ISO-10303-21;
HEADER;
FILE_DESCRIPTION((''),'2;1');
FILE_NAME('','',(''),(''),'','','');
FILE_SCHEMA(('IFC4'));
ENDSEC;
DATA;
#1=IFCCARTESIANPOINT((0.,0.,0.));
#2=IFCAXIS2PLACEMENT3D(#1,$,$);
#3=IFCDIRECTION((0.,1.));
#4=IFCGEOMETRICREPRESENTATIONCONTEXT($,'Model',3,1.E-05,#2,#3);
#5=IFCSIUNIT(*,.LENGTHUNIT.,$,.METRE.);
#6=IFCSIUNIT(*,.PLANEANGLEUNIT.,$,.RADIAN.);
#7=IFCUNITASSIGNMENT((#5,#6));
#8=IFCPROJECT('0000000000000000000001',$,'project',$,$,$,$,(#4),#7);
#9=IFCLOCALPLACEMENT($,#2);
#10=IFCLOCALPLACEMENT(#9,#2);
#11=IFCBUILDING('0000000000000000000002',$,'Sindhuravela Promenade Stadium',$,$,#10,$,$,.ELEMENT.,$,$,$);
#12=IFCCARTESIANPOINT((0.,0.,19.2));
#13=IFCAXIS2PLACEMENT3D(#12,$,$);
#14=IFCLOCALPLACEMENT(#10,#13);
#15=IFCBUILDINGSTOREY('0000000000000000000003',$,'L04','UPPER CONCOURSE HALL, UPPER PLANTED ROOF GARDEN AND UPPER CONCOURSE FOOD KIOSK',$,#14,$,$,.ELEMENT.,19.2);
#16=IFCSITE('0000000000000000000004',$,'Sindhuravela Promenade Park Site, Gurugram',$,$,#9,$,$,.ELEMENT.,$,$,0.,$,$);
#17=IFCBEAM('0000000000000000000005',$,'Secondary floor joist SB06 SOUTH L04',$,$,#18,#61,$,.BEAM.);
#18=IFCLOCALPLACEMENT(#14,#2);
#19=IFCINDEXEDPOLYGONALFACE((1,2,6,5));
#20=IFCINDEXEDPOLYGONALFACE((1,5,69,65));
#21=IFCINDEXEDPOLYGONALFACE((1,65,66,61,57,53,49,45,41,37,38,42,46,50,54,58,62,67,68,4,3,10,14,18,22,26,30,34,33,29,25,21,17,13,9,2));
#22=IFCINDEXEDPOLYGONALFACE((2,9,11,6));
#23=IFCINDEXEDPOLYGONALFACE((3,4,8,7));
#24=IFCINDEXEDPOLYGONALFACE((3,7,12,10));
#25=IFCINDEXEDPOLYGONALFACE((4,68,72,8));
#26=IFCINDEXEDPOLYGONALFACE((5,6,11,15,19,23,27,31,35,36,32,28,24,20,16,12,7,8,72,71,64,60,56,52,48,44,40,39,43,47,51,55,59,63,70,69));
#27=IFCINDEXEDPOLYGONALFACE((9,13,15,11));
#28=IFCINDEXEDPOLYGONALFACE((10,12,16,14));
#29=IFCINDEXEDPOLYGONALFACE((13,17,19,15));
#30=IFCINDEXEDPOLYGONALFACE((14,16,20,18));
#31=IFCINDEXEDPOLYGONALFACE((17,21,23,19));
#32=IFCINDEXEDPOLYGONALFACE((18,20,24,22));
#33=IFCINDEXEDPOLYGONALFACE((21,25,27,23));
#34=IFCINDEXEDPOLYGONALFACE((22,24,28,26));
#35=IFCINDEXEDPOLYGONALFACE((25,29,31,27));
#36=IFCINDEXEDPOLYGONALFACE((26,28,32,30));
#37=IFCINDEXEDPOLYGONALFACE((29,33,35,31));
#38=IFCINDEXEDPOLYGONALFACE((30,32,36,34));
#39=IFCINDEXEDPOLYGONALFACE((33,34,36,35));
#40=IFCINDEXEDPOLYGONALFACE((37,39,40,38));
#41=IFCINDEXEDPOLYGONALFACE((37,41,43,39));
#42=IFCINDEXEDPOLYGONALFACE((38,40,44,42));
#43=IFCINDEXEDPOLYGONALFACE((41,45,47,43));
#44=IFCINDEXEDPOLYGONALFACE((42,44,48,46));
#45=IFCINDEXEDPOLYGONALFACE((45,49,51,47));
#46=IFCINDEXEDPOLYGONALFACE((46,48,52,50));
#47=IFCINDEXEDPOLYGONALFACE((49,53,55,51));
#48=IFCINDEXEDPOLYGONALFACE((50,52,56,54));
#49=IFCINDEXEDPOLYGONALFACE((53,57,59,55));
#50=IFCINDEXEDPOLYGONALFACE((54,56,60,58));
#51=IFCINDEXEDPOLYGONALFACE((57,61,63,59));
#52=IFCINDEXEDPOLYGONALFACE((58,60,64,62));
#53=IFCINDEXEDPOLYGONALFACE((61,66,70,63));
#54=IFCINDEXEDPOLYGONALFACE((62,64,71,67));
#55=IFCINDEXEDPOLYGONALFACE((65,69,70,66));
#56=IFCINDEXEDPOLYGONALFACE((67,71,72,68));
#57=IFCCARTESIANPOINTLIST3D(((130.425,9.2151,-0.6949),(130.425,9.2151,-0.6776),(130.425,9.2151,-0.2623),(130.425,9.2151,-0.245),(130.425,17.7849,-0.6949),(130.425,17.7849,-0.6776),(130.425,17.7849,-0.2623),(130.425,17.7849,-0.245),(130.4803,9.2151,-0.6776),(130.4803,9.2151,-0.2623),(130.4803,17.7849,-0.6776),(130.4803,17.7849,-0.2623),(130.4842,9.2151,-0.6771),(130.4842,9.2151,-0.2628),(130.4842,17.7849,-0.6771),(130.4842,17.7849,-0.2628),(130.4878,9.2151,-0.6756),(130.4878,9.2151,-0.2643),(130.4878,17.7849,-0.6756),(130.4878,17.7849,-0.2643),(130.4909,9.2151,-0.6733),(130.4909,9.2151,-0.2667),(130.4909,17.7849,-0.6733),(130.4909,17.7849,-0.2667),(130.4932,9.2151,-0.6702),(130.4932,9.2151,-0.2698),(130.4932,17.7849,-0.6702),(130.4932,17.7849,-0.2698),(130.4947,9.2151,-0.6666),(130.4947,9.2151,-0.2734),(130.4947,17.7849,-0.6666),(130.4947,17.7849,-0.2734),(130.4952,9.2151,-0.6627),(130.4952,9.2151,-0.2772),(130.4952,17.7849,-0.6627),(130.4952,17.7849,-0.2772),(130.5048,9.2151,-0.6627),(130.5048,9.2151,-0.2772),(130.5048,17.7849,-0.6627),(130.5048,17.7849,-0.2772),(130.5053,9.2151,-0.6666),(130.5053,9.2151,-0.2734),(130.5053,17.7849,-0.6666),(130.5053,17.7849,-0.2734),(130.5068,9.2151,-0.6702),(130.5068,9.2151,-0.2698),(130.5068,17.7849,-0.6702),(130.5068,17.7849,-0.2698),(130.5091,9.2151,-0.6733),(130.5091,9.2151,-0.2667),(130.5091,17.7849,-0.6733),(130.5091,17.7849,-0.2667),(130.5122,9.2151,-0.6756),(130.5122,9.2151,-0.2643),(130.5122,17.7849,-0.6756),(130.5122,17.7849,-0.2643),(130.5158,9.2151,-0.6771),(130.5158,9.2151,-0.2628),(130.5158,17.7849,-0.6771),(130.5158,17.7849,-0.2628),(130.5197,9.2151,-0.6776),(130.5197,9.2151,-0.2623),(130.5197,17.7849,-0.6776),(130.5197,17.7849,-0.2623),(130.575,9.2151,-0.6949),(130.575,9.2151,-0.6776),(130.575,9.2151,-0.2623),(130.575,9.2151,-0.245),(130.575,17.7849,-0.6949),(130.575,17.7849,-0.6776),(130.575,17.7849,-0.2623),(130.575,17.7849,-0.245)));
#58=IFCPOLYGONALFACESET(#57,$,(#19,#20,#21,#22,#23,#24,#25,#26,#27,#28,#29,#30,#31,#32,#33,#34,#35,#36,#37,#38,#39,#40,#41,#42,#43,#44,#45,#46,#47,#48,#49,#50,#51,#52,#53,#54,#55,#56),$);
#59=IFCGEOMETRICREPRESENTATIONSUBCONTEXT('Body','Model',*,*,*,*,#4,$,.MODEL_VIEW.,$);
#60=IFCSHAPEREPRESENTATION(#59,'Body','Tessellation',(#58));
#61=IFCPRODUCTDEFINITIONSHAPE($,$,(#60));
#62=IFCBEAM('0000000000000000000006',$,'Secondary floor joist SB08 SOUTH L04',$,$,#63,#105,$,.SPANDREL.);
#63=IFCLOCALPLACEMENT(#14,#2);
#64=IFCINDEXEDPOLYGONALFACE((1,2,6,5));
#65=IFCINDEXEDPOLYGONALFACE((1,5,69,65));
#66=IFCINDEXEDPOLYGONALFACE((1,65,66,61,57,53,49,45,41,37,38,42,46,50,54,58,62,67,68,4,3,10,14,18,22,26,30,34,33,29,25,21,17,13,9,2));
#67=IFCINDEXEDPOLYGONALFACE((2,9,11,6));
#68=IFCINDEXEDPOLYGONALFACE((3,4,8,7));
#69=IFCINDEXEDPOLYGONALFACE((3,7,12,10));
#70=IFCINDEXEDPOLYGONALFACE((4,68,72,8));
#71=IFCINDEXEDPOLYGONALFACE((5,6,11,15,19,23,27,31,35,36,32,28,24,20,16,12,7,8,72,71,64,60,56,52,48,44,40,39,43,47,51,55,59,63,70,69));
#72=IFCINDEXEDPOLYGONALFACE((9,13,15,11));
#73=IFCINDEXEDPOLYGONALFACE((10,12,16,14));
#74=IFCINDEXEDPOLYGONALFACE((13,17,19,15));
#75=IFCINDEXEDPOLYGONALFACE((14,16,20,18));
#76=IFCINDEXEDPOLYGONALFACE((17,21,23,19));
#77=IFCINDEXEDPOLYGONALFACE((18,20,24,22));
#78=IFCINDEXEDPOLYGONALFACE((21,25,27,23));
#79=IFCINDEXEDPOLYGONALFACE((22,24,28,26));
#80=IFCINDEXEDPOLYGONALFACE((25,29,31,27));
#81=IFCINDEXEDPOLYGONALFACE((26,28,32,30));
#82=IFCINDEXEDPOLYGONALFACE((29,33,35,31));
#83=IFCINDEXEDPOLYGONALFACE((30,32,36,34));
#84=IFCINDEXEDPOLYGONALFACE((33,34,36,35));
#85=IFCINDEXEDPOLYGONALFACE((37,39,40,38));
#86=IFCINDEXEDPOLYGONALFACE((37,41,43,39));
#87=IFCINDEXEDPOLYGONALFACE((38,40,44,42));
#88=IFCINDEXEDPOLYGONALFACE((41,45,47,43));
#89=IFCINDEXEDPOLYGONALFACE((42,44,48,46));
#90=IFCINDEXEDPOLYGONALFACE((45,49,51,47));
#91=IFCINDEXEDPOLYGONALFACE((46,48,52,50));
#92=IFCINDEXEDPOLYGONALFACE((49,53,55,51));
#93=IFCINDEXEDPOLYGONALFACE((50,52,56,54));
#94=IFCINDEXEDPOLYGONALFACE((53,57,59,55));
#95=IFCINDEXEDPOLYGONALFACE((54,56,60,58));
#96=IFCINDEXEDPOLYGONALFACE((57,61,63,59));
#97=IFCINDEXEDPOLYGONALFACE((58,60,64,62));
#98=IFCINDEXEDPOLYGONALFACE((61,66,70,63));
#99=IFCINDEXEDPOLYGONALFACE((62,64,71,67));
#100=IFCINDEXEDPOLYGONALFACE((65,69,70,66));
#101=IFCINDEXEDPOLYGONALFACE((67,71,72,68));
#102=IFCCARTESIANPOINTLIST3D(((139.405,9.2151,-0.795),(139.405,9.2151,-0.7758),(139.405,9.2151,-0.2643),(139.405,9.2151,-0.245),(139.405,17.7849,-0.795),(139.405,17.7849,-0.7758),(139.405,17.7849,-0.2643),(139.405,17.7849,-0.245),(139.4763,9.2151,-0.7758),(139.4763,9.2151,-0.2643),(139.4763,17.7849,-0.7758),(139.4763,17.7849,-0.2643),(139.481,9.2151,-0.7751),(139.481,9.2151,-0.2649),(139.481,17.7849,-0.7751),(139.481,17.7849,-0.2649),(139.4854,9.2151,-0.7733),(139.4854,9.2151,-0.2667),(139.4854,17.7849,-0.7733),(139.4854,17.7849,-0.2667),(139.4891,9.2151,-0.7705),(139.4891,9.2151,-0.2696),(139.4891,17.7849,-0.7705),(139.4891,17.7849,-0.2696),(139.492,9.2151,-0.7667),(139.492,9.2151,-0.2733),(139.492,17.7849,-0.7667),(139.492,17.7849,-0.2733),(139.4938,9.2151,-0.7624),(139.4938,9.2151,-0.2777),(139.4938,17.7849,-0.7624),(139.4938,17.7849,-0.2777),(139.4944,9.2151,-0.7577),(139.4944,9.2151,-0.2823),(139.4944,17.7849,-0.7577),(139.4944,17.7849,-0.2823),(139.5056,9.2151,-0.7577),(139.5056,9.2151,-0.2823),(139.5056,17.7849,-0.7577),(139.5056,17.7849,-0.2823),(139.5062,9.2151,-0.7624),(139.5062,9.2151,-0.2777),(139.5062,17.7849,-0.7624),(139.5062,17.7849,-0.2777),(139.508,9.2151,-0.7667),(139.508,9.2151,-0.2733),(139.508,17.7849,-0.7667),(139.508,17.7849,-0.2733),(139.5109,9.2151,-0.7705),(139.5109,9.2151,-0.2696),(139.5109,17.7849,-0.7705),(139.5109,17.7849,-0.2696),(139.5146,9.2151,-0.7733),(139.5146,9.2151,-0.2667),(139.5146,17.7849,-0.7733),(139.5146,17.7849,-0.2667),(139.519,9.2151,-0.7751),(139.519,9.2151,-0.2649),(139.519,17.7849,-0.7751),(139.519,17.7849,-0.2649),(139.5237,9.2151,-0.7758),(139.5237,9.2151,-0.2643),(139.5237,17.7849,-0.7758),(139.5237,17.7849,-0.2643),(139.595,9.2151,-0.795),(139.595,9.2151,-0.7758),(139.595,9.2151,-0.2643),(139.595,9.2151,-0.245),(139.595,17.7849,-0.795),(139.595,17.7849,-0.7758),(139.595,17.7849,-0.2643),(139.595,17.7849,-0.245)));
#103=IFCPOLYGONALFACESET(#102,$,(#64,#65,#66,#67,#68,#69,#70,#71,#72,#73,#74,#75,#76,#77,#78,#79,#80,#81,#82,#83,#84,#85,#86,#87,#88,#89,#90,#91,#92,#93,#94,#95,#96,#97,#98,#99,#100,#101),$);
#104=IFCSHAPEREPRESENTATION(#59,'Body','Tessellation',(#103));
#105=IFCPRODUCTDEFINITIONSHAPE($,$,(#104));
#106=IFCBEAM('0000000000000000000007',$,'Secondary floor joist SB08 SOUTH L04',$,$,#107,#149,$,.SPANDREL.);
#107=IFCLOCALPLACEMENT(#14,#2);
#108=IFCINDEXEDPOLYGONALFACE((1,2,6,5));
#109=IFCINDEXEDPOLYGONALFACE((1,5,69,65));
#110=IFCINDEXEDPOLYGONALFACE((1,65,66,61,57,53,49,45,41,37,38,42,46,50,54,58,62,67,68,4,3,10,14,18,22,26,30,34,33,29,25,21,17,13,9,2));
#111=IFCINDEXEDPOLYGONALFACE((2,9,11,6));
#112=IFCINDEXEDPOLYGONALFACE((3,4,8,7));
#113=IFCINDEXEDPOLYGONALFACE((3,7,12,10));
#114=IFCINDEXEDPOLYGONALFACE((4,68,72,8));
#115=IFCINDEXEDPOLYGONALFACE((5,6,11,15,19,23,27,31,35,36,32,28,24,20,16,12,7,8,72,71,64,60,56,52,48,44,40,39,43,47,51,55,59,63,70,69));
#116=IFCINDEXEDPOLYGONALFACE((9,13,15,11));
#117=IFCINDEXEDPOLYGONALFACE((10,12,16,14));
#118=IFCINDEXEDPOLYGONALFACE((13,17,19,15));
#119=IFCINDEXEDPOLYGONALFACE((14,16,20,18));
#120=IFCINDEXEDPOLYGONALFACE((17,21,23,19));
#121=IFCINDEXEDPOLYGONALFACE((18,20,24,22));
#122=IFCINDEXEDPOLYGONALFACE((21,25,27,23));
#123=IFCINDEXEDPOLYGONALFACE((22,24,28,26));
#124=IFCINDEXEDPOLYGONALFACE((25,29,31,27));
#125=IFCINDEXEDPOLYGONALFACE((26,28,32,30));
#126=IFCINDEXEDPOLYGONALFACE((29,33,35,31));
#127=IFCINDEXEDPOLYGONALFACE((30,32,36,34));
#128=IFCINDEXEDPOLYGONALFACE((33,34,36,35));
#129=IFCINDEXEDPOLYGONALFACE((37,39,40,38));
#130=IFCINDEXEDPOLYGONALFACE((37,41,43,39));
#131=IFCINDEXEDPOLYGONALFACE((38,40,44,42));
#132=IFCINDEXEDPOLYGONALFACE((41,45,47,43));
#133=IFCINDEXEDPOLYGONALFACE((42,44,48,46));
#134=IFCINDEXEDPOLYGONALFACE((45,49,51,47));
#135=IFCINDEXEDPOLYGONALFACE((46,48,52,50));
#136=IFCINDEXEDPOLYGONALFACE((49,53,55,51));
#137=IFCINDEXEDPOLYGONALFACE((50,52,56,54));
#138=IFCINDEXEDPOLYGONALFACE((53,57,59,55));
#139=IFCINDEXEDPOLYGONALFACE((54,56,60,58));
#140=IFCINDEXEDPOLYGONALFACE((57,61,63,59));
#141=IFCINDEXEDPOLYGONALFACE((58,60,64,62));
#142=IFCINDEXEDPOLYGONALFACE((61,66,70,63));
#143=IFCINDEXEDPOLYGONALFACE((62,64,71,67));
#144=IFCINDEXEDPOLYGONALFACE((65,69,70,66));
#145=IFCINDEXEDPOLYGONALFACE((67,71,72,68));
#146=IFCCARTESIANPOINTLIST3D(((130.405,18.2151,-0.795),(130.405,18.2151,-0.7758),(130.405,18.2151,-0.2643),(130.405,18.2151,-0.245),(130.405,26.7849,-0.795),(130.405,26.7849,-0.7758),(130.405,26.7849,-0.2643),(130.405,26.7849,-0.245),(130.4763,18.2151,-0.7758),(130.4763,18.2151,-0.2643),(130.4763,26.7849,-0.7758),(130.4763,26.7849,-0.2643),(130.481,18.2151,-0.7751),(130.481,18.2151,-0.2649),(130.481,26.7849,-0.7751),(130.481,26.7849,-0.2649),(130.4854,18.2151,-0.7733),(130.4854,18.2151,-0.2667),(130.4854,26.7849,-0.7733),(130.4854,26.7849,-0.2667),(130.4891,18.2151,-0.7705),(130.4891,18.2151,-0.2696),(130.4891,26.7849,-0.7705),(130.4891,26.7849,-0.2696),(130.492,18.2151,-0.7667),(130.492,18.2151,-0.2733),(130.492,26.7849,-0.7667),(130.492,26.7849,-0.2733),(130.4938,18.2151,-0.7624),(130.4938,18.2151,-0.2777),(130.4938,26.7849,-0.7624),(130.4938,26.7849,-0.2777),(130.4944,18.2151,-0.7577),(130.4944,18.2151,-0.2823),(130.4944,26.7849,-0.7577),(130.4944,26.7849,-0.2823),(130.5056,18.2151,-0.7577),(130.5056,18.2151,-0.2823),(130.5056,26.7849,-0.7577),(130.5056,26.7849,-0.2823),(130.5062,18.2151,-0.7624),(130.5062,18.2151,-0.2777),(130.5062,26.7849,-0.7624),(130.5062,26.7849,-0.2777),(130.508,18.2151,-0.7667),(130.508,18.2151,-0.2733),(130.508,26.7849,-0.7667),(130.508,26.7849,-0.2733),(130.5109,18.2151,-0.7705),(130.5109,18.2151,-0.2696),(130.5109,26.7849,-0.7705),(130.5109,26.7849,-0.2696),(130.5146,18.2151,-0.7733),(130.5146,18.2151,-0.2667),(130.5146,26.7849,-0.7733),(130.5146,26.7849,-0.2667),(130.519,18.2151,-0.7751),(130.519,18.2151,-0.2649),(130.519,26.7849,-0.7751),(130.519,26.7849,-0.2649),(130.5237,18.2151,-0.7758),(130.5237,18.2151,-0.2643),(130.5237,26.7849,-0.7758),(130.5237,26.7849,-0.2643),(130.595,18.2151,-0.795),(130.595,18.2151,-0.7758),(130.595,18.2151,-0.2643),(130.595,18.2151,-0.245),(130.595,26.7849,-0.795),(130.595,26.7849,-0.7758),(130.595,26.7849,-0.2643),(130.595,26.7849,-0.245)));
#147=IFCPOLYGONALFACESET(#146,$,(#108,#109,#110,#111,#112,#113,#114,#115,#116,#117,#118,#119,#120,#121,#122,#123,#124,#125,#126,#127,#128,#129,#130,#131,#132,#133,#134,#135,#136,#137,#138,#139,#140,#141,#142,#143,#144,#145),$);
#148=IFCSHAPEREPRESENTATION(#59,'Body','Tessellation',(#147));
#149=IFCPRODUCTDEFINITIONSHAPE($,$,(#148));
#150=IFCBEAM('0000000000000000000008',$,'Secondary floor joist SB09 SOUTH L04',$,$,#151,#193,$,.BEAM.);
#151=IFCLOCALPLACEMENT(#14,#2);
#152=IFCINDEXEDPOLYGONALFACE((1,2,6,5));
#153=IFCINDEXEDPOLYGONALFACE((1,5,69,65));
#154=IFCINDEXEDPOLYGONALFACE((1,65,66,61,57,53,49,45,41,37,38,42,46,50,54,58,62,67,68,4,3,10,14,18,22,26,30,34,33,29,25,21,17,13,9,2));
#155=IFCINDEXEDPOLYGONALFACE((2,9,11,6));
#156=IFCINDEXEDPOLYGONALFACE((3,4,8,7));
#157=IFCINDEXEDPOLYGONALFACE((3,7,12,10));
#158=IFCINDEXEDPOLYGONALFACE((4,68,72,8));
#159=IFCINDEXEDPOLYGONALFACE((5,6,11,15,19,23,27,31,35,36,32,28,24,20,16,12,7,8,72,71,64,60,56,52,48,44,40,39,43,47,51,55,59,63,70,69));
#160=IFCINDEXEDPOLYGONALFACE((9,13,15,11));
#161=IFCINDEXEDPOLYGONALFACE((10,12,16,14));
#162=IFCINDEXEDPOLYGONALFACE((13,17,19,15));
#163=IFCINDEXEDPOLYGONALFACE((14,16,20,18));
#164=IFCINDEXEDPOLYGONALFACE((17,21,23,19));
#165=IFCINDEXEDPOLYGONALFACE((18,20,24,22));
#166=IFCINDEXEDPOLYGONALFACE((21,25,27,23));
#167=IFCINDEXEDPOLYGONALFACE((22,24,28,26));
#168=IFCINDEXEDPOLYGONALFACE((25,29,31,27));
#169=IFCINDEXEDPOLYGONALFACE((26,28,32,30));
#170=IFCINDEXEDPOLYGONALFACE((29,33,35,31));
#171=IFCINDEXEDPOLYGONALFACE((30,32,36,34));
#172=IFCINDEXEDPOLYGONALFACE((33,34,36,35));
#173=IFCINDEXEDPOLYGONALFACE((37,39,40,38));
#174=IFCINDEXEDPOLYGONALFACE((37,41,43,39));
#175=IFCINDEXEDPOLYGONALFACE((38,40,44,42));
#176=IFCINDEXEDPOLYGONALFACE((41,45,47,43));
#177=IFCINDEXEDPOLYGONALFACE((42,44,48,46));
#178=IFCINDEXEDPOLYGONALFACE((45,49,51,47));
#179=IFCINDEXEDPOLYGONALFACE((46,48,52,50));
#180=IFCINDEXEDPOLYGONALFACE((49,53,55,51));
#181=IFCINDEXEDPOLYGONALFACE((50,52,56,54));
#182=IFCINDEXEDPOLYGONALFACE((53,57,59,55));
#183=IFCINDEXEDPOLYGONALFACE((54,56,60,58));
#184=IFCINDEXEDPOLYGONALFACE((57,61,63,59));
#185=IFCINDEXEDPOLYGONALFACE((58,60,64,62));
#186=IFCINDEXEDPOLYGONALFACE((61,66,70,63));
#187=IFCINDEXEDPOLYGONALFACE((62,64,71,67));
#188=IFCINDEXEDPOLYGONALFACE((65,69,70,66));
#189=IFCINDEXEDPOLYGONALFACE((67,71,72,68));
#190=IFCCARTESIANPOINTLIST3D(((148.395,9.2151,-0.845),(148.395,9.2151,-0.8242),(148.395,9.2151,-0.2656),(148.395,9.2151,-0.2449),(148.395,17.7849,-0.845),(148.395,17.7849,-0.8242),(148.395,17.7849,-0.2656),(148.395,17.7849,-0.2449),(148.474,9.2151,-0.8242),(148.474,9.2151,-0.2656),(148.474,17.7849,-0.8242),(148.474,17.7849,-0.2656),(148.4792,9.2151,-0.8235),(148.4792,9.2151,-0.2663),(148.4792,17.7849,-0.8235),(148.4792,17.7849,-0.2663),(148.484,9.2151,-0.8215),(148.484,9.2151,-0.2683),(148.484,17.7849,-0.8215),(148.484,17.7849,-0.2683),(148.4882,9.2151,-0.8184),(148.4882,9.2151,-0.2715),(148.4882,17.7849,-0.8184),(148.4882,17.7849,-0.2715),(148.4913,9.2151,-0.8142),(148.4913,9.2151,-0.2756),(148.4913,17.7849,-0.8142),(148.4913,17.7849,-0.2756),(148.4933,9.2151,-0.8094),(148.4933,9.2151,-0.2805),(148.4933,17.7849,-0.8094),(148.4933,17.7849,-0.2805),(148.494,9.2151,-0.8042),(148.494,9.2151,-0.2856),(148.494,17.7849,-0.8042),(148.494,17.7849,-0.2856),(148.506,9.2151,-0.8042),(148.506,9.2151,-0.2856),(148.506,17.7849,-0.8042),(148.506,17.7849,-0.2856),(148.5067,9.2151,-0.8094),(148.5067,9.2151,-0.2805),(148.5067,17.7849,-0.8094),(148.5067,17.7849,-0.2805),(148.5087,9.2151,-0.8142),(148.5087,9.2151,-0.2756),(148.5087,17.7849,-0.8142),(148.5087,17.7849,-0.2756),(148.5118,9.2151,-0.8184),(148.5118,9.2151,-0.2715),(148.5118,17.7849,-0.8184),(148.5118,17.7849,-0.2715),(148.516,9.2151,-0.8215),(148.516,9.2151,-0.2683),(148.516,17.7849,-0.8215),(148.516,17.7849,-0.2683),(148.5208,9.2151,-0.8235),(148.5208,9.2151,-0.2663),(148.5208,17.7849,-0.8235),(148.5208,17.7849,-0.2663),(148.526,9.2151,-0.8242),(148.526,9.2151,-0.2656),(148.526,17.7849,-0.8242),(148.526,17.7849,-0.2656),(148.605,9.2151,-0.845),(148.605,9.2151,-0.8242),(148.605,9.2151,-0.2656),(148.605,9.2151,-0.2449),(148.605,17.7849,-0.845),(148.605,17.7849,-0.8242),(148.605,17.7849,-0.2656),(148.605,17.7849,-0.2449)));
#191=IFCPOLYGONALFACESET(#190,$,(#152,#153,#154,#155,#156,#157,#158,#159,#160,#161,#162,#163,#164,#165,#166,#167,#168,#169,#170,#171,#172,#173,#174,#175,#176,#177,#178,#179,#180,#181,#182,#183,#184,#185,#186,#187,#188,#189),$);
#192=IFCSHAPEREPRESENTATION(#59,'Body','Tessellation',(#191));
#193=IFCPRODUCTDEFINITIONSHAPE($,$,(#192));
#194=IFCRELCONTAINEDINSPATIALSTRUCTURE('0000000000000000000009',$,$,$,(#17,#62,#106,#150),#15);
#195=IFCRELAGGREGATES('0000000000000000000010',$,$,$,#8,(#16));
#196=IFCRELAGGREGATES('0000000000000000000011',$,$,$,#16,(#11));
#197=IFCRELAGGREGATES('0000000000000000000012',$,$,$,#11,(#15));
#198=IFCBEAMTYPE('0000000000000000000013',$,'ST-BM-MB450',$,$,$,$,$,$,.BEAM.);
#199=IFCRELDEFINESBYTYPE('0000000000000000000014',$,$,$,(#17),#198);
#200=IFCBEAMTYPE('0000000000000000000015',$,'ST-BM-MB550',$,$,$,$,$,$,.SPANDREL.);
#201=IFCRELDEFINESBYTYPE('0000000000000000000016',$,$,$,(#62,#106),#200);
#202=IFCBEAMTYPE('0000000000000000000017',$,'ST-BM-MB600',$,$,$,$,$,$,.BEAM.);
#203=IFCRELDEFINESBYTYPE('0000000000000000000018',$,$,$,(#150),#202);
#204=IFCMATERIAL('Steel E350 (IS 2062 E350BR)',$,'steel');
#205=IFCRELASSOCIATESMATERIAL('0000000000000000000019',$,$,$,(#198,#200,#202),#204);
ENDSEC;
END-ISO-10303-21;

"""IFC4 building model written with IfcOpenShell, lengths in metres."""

from ifc_helpers import new_model, si_unit, direction, frame, origin, origin_2d, place, context, subcontext, project, spatial, i_section, extrude, material, material_profile, profile_set, type_object, element, save


model = new_model("IFC4")

# Units and contexts
model_context = context("Model", 3, precision=1e-05, world=origin(), true_north=direction((0.0, 1.0)))
body_context = subcontext(model_context, "Body", "Model", "MODEL_VIEW")
ifc_project = project(units=[si_unit("LENGTHUNIT", "METRE"), si_unit("PLANEANGLEUNIT", "RADIAN")], contexts=[model_context])

# Site, building, storey
site_placement = place(None, origin())
site = spatial("IfcSite", under=ifc_project, at=site_placement, Name="Sindhuravela Promenade Park Site, Gurugram", CompositionType="ELEMENT", RefElevation=0.0)
building_placement = place(site_placement, origin())
building = spatial("IfcBuilding", under=site, at=building_placement, Name="Sindhuravela Promenade Stadium", CompositionType="ELEMENT")
storey_placement = place(building_placement, frame((0.0, 0.0, 19.2)))
storey = spatial("IfcBuildingStorey", under=building, at=storey_placement, Name="L04", Description="UPPER CONCOURSE HALL, UPPER PLANTED ROOF GARDEN AND UPPER CONCOURSE FOOD KIOSK", CompositionType="ELEMENT", Elevation=19.2)

# Shared definitions
ifc_material_1 = material(Name="Steel E350 (IS 2062 E350BR)", Category="steel")

# Beams
ifc_material_profile_1 = material_profile(ifc_material_1, i_section(OverallWidth=0.1499, OverallDepth=0.45, WebThickness=0.0095, FlangeThickness=0.0173, FilletRadius=0.0149, at=origin_2d()), Name="ISMB 450")
ifc_profile_set_1 = profile_set([ifc_material_profile_1], Name="Steel E350 (IS 2062 E350BR)")
beam_type_1 = type_object("IfcBeamType", Name="ST-BM-MB450", PredefinedType="BEAM", material=ifc_profile_set_1)
beam_1_placement = place(storey_placement, frame((130.5, 9.2151, -0.47), z_axis=(0.0, 1.0, 0.0), x_axis=(-1.0, 0.0, 0.0)))
element("IfcBeam", 1, at=beam_1_placement, inside=storey, type_object=beam_type_1, Name="Secondary floor joist SB06 SOUTH L04", PredefinedType="BEAM", context=body_context, shape_type="SweptSolid", body=[
    extrude(i_section(OverallWidth=0.1499, OverallDepth=0.45, WebThickness=0.0095, FlangeThickness=0.0173, FilletRadius=0.0149, at=origin_2d()), origin(), (0.0, 0.0, 1.0), 8.5698),
])
ifc_material_profile_2 = material_profile(ifc_material_1, i_section(OverallWidth=0.1899, OverallDepth=0.55, WebThickness=0.0112, FlangeThickness=0.0193, FilletRadius=0.0181, at=origin_2d()), Name="ISMB 550")
ifc_profile_set_2 = profile_set([ifc_material_profile_2], Name="Steel E350 (IS 2062 E350BR)")
beam_type_2 = type_object("IfcBeamType", Name="ST-BM-MB550", PredefinedType="SPANDREL", material=ifc_profile_set_2)
for number, where, z_axis, x_axis, name in (
    (2, (139.5, 9.2151, -0.52), (0.0, 1.0, 0.0), (-1.0, 0.0, 0.0), "Secondary floor joist SB08 SOUTH L04"),
    (3, (130.5, 18.2151, -0.52), (0.0, 1.0, 0.0), (-1.0, 0.0, 0.0), "Secondary floor joist SB08 SOUTH L04"),
):
    element("IfcBeam", number, at=place(storey_placement, frame(where, z_axis=z_axis, x_axis=x_axis)), inside=storey, type_object=beam_type_2, Name=name, PredefinedType="SPANDREL", context=body_context, shape_type="SweptSolid", body=[
        extrude(i_section(OverallWidth=0.1899, OverallDepth=0.55, WebThickness=0.0112, FlangeThickness=0.0193, FilletRadius=0.0181, at=origin_2d()), origin(), (0.0, 0.0, 1.0), 8.5698),
    ])
ifc_material_profile_3 = material_profile(ifc_material_1, i_section(OverallWidth=0.21, OverallDepth=0.6001, WebThickness=0.012, FlangeThickness=0.0208, FilletRadius=0.02, at=origin_2d()), Name="ISMB 600")
ifc_profile_set_3 = profile_set([ifc_material_profile_3], Name="Steel E350 (IS 2062 E350BR)")
beam_type_3 = type_object("IfcBeamType", Name="ST-BM-MB600", PredefinedType="BEAM", material=ifc_profile_set_3)
for number, where, z_axis, x_axis, name in (
    (4, (148.5, 9.2151, -0.5449), (0.0, 1.0, 0.0), (-1.0, 0.0, 0.0), "Secondary floor joist SB09 SOUTH L04"),
):
    element("IfcBeam", number, at=place(storey_placement, frame(where, z_axis=z_axis, x_axis=x_axis)), inside=storey, type_object=beam_type_3, Name=name, PredefinedType="BEAM", context=body_context, shape_type="SweptSolid", body=[
        extrude(i_section(OverallWidth=0.21, OverallDepth=0.6001, WebThickness=0.012, FlangeThickness=0.0208, FilletRadius=0.02, at=origin_2d()), origin(), (0.0, 0.0, 1.0), 8.5698),
    ])

save(model, "model.ifc")
